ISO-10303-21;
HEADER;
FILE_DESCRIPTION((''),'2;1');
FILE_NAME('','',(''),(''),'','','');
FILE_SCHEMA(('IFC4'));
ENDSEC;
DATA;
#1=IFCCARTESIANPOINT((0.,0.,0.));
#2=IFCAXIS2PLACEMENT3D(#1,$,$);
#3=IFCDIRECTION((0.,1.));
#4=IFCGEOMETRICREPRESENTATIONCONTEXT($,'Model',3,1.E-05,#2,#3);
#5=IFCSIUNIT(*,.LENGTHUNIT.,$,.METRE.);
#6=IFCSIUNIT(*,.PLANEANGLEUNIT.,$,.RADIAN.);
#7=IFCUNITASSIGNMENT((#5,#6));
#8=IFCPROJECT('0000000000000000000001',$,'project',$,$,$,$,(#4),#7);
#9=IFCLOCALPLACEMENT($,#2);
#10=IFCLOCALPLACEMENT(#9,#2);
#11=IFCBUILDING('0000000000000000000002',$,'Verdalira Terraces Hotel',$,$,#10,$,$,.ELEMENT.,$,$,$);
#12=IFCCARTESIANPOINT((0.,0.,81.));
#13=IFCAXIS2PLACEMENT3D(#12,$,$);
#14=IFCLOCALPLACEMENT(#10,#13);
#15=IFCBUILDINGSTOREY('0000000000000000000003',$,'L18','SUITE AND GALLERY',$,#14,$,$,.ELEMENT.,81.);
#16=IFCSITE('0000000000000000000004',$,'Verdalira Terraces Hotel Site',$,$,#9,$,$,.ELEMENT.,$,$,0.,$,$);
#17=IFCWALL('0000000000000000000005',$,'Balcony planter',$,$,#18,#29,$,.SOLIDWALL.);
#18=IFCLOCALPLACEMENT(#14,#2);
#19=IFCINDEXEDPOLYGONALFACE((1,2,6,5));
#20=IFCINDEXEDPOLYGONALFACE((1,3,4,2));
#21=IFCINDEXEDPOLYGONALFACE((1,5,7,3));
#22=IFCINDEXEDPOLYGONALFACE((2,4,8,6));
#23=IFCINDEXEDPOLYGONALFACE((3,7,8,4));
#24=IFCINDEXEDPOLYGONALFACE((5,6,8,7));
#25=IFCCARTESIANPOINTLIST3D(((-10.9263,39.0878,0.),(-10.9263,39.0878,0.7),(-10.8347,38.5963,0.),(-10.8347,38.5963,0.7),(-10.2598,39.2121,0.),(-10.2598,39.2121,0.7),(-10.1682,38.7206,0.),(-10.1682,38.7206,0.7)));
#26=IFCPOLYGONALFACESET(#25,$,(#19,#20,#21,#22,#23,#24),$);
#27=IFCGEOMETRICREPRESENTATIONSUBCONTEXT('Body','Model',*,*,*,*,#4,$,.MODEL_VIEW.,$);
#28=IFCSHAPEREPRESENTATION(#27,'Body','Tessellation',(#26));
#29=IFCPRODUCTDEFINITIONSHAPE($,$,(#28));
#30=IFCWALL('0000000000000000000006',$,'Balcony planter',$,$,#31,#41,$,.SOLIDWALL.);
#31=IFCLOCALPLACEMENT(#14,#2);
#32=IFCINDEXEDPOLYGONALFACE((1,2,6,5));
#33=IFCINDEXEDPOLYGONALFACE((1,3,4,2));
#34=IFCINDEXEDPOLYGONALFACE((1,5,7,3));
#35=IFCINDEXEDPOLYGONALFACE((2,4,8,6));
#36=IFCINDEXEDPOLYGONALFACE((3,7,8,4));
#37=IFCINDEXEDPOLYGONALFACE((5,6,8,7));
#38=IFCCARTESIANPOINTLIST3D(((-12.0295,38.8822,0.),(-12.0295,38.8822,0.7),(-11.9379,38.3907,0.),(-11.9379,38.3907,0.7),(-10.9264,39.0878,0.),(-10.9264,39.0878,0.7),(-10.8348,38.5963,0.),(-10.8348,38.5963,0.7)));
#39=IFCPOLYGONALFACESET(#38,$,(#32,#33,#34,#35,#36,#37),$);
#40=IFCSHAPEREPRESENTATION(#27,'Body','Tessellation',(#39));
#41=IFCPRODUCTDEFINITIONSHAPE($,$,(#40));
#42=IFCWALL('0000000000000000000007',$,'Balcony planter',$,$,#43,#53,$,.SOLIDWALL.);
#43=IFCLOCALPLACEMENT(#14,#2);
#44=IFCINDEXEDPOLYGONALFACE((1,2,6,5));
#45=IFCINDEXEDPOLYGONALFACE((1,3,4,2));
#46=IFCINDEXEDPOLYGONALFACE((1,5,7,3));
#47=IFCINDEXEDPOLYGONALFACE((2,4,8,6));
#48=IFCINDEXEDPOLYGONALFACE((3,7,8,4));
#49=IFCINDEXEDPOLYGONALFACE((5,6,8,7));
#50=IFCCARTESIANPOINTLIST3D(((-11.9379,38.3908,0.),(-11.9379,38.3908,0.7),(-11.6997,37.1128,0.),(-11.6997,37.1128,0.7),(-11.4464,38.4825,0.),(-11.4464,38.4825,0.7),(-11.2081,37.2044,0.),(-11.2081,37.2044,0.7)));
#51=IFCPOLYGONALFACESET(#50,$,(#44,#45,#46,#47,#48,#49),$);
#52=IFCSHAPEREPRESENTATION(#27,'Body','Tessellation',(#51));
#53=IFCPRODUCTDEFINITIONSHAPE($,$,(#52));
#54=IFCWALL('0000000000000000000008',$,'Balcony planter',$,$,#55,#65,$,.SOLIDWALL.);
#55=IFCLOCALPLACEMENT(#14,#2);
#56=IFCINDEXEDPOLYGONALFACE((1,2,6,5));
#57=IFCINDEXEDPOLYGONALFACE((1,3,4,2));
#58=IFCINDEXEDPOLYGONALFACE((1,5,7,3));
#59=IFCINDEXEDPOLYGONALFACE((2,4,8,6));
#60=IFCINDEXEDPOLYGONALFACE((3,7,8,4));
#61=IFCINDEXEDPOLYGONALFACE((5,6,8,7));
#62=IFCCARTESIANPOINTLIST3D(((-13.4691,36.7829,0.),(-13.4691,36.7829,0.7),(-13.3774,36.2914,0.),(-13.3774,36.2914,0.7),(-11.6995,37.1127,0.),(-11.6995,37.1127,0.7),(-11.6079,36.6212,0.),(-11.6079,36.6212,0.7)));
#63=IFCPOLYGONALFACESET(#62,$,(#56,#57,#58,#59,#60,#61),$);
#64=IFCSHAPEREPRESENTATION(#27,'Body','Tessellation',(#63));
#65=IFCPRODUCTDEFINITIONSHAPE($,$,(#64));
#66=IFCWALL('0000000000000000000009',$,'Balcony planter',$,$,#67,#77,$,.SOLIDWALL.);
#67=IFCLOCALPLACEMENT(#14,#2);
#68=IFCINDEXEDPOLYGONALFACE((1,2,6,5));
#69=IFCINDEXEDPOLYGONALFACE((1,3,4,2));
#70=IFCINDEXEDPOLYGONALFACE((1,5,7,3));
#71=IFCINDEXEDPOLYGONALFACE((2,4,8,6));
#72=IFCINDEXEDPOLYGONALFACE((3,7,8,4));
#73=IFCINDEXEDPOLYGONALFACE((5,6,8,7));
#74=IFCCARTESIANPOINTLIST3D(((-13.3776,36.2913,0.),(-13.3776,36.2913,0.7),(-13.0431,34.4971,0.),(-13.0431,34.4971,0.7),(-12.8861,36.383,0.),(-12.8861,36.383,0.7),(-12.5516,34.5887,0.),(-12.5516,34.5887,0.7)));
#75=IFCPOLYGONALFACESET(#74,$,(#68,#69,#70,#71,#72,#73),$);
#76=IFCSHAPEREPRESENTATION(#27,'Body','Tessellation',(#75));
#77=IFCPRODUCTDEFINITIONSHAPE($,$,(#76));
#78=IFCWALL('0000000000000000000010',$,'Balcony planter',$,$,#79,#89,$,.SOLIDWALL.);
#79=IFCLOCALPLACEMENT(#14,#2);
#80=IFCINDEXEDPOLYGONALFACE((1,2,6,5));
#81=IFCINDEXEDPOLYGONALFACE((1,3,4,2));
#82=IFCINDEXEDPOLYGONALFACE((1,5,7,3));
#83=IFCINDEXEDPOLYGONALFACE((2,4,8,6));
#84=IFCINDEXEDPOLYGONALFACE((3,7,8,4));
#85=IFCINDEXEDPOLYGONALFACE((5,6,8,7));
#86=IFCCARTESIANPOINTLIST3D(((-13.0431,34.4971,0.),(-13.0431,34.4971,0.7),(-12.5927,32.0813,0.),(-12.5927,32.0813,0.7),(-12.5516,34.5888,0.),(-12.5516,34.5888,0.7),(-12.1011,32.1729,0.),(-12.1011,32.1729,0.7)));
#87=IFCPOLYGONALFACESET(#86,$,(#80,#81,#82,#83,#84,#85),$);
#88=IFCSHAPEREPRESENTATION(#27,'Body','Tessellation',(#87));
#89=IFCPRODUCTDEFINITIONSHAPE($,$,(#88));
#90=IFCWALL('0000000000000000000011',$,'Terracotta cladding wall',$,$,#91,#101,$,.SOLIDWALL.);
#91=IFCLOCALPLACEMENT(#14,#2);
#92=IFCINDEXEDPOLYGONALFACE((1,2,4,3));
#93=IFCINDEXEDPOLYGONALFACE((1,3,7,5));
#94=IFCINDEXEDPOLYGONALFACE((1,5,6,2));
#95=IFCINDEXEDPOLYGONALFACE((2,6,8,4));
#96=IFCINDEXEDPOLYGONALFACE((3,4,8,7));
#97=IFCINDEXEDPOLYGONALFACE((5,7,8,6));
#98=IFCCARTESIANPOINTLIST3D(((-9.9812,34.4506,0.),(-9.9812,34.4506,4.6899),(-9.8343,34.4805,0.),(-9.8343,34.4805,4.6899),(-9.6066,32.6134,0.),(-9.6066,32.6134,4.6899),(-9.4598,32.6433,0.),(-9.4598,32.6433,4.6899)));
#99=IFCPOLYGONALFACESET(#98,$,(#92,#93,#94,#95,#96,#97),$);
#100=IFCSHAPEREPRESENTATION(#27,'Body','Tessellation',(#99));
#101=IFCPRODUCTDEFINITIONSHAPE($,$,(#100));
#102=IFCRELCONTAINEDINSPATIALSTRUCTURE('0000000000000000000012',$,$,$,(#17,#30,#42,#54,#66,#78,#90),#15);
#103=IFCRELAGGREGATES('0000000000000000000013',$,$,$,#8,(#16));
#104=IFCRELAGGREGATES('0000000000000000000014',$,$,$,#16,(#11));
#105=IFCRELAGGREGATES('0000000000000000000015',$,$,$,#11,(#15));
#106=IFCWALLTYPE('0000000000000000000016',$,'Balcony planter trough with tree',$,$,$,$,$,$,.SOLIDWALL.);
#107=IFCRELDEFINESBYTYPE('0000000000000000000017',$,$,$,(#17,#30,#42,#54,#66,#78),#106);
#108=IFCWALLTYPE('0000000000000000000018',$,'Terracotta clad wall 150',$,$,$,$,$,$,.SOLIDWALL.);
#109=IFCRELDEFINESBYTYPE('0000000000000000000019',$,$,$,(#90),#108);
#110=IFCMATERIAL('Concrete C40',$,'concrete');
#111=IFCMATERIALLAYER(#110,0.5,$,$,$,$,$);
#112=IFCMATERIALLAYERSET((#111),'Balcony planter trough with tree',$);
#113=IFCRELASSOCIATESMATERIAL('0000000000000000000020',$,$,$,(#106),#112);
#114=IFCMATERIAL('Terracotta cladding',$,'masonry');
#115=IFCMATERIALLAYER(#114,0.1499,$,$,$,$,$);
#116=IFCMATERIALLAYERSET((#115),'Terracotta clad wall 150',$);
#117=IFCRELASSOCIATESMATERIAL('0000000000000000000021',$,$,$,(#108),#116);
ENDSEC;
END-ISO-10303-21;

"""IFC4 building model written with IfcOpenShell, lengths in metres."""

from ifc_helpers import new_model, si_unit, direction, frame, frame_2d, origin, place, context, subcontext, project, spatial, rectangle, extrude, material, layer, layer_set, type_object, element, save


model = new_model("IFC4")

# Units and contexts
model_context = context("Model", 3, precision=1e-05, world=origin(), true_north=direction((0.0, 1.0)))
body_context = subcontext(model_context, "Body", "Model", "MODEL_VIEW")
ifc_project = project(units=[si_unit("LENGTHUNIT", "METRE"), si_unit("PLANEANGLEUNIT", "RADIAN")], contexts=[model_context])

# Site, building, storey
site_placement = place(None, origin())
site = spatial("IfcSite", under=ifc_project, at=site_placement, Name="Verdalira Terraces Hotel Site", CompositionType="ELEMENT", RefElevation=0.0)
building_placement = place(site_placement, origin())
building = spatial("IfcBuilding", under=site, at=building_placement, Name="Verdalira Terraces Hotel", CompositionType="ELEMENT")
storey_placement = place(building_placement, frame((0.0, 0.0, 81.0)))
storey = spatial("IfcBuildingStorey", under=building, at=storey_placement, Name="L18", Description="SUITE AND GALLERY", CompositionType="ELEMENT", Elevation=81.0)

# Walls
ifc_material_1 = material(Name="Concrete C40", Category="concrete")
ifc_layer_1 = layer(ifc_material_1, 0.5)
ifc_layer_set_1 = layer_set([ifc_layer_1], Name="Balcony planter trough with tree")
wall_type_1 = type_object("IfcWallType", Name="Balcony planter trough with tree", PredefinedType="SOLIDWALL", material=ifc_layer_set_1)
wall_1_placement = place(storey_placement, frame((-10.2141, 38.9663, 0.0), z_axis=(0.0, 0.0, 1.0), x_axis=(-0.983059, -0.183288, 0.0)))
element("IfcWall", 1, at=wall_1_placement, inside=storey, type_object=wall_type_1, Name="Balcony planter", PredefinedType="SOLIDWALL", context=body_context, shape_type="SweptSolid", body=[
    extrude(rectangle(XDim=0.678, YDim=0.5, at=frame_2d((0.3389, 0.0))), origin(), (0.0, 0.0, 1.0), 0.7),
])
wall_2_placement = place(storey_placement, frame((-10.8806, 38.842, 0.0), z_axis=(0.0, 0.0, 1.0), x_axis=(-0.983074, -0.183211, 0.0)))
element("IfcWall", 2, at=wall_2_placement, inside=storey, type_object=wall_type_1, Name="Balcony planter", PredefinedType="SOLIDWALL", context=body_context, shape_type="SweptSolid", body=[
    extrude(rectangle(XDim=1.1221, YDim=0.5, at=frame_2d((0.561, 0.0))), origin(), (0.0, 0.0, 1.0), 0.7),
])
wall_3_placement = place(storey_placement, frame((-11.6921, 38.4365, 0.0), z_axis=(0.0, 0.0, 1.0), x_axis=(0.183279, -0.983061, 0.0)))
element("IfcWall", 3, at=wall_3_placement, inside=storey, type_object=wall_type_1, Name="Balcony planter", PredefinedType="SOLIDWALL", context=body_context, shape_type="SweptSolid", body=[
    extrude(rectangle(XDim=1.3, YDim=0.5, at=frame_2d((0.6499, 0.0))), origin(), (0.0, 0.0, 1.0), 0.7),
])
wall_4_placement = place(storey_placement, frame((-11.6538, 36.8669, 0.0), z_axis=(0.0, 0.0, 1.0), x_axis=(-0.983068, -0.18324, 0.0)))
element("IfcWall", 4, at=wall_4_placement, inside=storey, type_object=wall_type_1, Name="Balcony planter", PredefinedType="SOLIDWALL", context=body_context, shape_type="SweptSolid", body=[
    extrude(rectangle(XDim=1.8, YDim=0.5, at=frame_2d((0.8999, 0.0))), origin(), (0.0, 0.0, 1.0), 0.7),
])
wall_5_placement = place(storey_placement, frame((-13.1318, 36.3372, 0.0), z_axis=(0.0, 0.0, 1.0), x_axis=(0.183263, -0.983064, 0.0)))
element("IfcWall", 5, at=wall_5_placement, inside=storey, type_object=wall_type_1, Name="Balcony planter", PredefinedType="SOLIDWALL", context=body_context, shape_type="SweptSolid", body=[
    extrude(rectangle(XDim=1.8252, YDim=0.5, at=frame_2d((0.9126, 0.0))), origin(), (0.0, 0.0, 1.0), 0.7),
])
wall_6_placement = place(storey_placement, frame((-12.7974, 34.543, 0.0), z_axis=(0.0, 0.0, 1.0), x_axis=(0.183299, -0.983057, 0.0)))
element("IfcWall", 6, at=wall_6_placement, inside=storey, type_object=wall_type_1, Name="Balcony planter", PredefinedType="SOLIDWALL", context=body_context, shape_type="SweptSolid", body=[
    extrude(rectangle(XDim=2.4575, YDim=0.5, at=frame_2d((1.2288, 0.0))), origin(), (0.0, 0.0, 1.0), 0.7),
])
ifc_material_2 = material(Name="Terracotta cladding", Category="masonry")
ifc_layer_2 = layer(ifc_material_2, 0.1499)
ifc_layer_set_2 = layer_set([ifc_layer_2], Name="Terracotta clad wall 150")
wall_type_2 = type_object("IfcWallType", Name="Terracotta clad wall 150", PredefinedType="SOLIDWALL", material=ifc_layer_set_2)
wall_7_placement = place(storey_placement, frame((-9.9077, 34.4656, 0.0), z_axis=(0.0, 0.0, 1.0), x_axis=(0.199746, -0.979848, 0.0)))
element("IfcWall", 7, at=wall_7_placement, inside=storey, type_object=wall_type_2, Name="Terracotta cladding wall", PredefinedType="SOLIDWALL", context=body_context, shape_type="SweptSolid", body=[
    extrude(rectangle(XDim=1.875, YDim=0.1499, at=frame_2d((0.9375, 0.0))), origin(), (0.0, 0.0, 1.0), 4.6899),
])

save(model, "model.ifc")
